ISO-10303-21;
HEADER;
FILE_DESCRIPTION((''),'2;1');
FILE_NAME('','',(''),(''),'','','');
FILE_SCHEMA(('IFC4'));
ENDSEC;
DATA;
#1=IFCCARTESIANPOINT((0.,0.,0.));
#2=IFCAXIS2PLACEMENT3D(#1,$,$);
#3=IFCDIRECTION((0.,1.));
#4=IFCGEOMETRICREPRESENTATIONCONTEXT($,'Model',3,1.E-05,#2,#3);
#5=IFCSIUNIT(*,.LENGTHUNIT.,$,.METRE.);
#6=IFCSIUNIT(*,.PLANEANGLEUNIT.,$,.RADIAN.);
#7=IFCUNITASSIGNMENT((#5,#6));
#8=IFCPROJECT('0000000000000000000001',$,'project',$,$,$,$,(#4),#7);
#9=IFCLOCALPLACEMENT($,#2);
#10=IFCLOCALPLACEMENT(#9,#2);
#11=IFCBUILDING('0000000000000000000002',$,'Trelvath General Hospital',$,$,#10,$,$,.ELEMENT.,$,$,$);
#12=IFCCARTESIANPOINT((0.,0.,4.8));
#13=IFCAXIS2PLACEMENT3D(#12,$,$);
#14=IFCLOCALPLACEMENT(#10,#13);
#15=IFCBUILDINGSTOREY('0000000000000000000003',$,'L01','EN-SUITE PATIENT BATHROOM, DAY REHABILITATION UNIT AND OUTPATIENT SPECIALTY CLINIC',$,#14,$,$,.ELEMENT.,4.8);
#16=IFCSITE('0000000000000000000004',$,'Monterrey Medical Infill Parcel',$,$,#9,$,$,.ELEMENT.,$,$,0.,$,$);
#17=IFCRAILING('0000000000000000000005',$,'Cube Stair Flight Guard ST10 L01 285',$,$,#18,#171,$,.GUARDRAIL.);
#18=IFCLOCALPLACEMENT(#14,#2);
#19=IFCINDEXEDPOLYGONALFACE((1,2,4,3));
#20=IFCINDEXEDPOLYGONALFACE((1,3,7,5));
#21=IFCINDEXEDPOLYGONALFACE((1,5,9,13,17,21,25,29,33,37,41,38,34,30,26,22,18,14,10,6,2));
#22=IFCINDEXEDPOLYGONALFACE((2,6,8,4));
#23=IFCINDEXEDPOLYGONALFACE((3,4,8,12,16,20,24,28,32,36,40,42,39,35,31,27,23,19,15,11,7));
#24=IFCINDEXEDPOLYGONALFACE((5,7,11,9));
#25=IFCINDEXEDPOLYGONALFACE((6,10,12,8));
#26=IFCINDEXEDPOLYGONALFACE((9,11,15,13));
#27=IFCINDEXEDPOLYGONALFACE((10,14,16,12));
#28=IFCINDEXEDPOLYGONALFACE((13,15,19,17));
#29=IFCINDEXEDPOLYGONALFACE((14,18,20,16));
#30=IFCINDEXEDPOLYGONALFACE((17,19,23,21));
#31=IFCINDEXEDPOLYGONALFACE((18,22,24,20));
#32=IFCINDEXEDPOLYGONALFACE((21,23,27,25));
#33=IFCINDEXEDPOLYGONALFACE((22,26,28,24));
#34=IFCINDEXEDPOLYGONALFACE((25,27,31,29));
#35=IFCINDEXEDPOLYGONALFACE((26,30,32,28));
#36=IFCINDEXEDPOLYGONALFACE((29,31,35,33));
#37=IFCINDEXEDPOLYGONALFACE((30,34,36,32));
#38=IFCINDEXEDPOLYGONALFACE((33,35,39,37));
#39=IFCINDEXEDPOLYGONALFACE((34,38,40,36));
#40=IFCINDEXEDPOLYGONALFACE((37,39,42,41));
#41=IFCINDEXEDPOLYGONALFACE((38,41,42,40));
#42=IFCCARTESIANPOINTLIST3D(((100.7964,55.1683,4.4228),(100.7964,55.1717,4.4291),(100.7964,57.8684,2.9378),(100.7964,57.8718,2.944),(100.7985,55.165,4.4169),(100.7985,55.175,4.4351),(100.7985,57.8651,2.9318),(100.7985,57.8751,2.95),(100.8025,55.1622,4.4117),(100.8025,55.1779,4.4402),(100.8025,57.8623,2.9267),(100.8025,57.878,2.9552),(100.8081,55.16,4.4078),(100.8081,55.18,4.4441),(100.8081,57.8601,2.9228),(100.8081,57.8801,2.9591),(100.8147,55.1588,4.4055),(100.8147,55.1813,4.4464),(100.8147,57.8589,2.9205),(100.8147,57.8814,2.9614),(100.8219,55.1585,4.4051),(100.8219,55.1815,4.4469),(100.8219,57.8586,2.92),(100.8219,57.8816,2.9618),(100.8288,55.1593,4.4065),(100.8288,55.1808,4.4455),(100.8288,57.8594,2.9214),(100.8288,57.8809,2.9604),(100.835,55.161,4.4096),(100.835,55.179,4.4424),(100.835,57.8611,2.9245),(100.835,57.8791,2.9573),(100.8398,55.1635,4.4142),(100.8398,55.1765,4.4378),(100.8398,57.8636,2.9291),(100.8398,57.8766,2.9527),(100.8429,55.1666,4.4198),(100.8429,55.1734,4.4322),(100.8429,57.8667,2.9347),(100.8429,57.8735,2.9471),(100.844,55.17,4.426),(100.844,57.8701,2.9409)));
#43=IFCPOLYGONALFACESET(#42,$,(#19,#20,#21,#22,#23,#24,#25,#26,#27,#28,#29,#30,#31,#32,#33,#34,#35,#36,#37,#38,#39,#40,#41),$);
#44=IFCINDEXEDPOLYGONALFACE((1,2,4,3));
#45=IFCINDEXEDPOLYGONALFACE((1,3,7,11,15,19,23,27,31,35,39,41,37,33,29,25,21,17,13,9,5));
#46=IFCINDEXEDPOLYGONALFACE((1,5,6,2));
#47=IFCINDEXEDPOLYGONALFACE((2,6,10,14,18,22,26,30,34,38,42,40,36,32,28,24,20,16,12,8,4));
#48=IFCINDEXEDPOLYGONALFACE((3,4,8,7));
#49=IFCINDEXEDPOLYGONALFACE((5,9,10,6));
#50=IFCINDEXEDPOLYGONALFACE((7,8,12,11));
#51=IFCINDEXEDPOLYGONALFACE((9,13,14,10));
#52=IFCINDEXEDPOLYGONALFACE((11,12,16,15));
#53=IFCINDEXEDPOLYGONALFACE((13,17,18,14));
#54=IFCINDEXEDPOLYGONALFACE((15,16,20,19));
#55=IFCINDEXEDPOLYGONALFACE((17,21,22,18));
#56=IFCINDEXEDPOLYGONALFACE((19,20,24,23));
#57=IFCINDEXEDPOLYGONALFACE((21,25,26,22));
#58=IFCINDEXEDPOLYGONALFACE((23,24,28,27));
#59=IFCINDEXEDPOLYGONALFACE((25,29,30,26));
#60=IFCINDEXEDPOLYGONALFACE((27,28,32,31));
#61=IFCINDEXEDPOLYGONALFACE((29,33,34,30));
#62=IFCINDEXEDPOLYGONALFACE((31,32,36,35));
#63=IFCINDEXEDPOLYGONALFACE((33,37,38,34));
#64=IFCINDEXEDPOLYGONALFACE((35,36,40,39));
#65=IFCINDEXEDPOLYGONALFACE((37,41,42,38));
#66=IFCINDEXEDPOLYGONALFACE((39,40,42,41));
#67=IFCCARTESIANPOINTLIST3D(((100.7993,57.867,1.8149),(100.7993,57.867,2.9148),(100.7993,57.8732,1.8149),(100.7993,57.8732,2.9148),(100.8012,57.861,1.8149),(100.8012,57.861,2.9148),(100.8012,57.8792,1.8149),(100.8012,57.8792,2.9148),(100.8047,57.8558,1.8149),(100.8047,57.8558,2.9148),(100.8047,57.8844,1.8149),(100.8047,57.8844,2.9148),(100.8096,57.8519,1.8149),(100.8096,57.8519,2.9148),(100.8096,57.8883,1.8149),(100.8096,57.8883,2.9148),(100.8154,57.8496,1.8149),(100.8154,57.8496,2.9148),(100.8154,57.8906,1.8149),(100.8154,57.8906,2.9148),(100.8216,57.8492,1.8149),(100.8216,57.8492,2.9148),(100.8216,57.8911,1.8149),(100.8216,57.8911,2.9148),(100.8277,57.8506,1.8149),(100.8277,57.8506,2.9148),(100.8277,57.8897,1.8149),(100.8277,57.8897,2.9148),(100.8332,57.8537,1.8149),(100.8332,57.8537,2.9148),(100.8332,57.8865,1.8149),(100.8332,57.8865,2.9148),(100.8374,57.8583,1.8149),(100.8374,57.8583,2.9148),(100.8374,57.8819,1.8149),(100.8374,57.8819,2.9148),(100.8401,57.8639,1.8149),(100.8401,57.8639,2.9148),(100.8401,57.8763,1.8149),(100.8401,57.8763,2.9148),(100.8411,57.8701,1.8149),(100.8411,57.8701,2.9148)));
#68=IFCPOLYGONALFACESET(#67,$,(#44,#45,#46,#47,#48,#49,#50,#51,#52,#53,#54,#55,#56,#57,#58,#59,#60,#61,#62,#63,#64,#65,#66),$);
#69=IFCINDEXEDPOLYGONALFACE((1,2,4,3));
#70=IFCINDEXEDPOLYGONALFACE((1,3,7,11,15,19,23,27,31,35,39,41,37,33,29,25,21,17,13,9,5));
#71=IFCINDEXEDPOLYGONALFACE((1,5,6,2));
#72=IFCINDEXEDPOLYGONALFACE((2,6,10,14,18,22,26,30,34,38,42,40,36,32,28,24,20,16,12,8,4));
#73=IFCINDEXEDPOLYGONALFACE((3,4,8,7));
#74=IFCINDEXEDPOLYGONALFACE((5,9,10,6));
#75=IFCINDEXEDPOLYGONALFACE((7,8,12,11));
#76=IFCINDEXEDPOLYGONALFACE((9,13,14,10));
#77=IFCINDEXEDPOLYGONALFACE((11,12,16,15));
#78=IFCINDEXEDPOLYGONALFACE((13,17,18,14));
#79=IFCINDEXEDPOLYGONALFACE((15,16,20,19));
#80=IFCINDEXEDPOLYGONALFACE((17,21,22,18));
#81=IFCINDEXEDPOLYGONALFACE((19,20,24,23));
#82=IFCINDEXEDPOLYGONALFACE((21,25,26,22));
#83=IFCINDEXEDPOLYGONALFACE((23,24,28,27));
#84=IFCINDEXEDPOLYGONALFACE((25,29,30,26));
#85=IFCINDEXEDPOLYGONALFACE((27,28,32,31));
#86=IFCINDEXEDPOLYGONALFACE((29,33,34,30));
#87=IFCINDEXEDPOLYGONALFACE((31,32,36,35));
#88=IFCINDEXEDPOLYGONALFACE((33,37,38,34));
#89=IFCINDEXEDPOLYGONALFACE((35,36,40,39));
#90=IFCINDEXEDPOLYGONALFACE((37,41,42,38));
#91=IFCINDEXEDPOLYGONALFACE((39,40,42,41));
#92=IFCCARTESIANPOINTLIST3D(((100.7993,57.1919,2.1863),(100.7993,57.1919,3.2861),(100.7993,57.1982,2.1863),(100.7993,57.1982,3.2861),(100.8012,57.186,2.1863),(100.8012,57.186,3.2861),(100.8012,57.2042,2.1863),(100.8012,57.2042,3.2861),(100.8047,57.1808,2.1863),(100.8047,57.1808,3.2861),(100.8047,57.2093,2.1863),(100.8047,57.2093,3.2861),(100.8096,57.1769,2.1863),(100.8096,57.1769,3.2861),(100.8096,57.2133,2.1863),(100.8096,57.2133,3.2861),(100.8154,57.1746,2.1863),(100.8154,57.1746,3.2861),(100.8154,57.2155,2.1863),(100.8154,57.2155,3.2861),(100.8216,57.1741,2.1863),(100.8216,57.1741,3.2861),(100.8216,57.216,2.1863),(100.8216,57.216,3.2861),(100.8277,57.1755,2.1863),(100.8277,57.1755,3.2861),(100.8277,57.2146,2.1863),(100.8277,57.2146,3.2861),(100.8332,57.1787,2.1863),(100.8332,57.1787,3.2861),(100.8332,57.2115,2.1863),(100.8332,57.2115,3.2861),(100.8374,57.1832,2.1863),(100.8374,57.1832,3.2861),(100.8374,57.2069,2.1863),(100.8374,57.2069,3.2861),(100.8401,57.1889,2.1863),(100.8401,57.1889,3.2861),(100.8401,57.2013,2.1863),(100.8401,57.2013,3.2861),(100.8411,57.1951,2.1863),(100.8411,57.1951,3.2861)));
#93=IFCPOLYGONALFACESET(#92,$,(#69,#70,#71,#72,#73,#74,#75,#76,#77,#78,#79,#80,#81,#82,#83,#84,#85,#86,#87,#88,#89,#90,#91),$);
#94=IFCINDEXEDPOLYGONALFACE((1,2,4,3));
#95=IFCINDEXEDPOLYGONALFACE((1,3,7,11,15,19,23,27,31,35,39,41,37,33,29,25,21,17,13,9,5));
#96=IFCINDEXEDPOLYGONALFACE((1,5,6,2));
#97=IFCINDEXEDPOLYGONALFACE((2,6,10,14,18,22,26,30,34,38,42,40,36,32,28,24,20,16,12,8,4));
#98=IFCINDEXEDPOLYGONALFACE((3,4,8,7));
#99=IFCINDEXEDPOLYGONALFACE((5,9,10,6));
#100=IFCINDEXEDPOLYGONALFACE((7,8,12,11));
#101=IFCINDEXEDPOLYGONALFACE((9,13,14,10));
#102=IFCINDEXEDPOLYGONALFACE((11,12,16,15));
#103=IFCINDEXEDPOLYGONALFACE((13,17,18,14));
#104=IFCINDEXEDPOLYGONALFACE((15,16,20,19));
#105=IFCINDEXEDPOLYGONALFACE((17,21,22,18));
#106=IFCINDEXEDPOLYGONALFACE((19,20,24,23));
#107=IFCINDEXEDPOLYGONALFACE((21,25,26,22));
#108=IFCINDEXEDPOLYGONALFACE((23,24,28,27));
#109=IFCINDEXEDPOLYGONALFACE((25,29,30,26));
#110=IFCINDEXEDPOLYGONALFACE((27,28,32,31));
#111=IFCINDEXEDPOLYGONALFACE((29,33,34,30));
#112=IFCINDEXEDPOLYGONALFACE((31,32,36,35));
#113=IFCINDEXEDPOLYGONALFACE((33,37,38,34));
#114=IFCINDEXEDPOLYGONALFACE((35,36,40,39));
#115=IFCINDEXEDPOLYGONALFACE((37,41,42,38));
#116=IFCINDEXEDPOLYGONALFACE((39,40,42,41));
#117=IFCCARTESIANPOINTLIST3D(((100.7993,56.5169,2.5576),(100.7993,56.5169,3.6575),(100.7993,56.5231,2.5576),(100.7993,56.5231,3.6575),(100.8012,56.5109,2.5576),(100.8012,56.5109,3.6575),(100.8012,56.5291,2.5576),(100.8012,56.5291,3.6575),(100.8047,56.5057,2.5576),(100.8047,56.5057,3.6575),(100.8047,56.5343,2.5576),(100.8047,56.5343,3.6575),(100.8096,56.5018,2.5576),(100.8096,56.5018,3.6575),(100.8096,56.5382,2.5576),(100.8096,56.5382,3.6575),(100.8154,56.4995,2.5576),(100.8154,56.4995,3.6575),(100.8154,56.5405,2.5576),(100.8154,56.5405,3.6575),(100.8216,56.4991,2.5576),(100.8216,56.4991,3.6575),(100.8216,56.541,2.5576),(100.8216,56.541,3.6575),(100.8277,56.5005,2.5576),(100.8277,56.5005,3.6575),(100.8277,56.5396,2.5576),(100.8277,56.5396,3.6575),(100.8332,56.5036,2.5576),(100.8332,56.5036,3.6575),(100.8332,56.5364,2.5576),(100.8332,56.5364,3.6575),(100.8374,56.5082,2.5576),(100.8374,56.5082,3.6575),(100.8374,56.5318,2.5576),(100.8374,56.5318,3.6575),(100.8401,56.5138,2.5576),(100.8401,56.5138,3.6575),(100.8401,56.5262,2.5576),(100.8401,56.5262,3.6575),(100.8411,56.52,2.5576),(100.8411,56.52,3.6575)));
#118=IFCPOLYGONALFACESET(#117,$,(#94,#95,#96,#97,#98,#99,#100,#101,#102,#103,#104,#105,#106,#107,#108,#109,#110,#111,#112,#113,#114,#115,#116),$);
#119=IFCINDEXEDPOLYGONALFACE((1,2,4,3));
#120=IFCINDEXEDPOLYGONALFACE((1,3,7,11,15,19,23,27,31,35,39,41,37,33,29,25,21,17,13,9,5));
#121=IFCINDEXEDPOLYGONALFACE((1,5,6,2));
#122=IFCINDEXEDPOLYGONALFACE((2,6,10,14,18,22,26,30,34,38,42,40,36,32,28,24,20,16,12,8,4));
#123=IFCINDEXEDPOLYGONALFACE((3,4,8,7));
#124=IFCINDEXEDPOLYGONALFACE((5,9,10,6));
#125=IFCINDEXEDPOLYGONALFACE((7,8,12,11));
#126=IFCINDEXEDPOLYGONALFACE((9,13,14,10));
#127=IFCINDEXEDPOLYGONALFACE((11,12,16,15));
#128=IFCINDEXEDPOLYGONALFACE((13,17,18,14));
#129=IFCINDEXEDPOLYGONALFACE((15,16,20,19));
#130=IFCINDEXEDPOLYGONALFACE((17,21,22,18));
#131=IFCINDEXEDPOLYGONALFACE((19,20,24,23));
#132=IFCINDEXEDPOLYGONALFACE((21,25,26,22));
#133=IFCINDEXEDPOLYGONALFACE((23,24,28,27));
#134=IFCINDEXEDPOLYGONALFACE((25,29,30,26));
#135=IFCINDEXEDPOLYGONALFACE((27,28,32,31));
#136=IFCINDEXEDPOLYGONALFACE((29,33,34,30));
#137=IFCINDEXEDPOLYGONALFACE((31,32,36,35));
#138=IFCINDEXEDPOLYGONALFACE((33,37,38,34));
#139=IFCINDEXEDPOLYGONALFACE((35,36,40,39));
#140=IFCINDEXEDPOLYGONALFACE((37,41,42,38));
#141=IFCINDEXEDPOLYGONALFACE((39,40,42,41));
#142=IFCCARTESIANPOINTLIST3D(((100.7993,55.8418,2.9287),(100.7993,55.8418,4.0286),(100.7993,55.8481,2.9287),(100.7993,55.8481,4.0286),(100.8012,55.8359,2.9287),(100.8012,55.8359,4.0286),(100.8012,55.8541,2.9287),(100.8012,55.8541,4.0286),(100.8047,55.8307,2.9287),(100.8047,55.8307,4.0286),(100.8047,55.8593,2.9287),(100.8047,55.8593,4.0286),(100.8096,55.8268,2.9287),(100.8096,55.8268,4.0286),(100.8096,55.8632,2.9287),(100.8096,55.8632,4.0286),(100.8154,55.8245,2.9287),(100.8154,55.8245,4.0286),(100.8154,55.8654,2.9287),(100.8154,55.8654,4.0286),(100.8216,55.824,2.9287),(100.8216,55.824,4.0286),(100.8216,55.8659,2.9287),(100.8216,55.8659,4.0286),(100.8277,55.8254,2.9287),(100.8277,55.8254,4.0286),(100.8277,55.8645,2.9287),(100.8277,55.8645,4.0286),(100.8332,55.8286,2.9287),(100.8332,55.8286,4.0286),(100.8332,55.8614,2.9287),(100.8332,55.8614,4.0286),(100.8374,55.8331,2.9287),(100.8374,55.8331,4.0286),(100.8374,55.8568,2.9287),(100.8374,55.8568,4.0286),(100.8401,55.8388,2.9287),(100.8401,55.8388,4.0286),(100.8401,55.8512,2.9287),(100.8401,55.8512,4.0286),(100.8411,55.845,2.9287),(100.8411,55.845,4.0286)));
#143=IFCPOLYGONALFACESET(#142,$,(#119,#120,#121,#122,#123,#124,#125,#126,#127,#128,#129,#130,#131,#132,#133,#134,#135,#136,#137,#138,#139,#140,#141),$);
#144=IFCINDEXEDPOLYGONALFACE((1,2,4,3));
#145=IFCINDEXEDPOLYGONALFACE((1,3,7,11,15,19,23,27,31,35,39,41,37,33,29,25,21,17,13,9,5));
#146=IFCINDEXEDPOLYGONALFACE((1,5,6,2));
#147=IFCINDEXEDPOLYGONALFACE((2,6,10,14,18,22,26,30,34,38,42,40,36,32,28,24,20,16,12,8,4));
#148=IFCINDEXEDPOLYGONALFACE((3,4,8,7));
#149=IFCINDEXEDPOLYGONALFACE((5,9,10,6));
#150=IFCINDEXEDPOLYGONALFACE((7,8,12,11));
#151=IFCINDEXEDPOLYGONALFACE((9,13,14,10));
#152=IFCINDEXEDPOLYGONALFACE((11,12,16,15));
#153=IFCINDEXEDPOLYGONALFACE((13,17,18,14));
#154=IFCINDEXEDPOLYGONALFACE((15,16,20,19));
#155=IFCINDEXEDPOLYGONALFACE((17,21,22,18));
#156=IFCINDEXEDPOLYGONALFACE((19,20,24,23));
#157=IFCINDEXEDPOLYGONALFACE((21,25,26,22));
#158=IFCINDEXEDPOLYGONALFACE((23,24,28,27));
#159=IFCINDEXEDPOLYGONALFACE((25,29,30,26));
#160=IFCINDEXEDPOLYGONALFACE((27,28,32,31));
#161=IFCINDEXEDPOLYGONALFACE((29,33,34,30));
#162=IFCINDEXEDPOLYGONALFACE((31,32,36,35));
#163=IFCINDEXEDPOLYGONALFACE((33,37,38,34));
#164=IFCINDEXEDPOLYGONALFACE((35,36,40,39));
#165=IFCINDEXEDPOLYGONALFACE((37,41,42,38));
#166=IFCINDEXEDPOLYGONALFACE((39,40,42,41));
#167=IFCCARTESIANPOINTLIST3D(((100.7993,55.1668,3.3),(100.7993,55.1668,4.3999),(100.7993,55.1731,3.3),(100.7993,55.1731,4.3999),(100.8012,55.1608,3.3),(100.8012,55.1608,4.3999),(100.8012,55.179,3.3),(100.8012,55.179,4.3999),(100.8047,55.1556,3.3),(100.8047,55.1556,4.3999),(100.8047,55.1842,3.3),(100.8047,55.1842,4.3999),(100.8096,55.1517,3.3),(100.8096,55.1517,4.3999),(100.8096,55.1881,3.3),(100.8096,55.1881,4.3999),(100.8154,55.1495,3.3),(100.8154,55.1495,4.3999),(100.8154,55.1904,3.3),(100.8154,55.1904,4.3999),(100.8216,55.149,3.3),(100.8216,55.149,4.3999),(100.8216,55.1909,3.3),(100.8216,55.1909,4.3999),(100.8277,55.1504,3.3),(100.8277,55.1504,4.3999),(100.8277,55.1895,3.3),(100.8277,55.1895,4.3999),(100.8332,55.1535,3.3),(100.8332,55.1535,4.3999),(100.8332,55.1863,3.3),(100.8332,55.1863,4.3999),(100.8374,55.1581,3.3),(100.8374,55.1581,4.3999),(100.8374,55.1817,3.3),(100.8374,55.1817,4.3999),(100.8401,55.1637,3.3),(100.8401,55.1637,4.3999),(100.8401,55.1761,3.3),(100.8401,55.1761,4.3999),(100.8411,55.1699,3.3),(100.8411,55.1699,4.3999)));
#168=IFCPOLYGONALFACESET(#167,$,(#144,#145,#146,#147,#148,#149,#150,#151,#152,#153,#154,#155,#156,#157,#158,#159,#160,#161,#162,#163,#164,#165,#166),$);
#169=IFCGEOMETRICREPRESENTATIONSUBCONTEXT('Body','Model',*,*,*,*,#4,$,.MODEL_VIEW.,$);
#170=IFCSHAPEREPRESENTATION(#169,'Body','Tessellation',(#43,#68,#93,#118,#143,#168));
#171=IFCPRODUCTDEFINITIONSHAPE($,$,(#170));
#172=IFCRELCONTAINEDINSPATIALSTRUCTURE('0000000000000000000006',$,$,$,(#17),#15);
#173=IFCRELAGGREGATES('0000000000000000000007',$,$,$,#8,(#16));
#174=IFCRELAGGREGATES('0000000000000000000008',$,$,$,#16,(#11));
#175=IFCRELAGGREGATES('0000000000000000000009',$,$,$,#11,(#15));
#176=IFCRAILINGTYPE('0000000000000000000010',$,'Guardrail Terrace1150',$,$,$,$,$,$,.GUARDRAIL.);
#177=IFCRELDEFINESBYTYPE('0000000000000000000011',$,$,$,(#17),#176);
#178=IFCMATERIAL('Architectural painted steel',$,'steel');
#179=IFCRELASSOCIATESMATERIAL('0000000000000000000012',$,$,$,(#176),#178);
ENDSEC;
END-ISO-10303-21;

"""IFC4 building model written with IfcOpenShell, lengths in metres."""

from ifc_helpers import new_model, si_unit, direction, frame, origin, origin_2d, place, context, subcontext, project, spatial, circle, extrude, material, type_object, element, save


model = new_model("IFC4")

# Units and contexts
model_context = context("Model", 3, precision=1e-05, world=origin(), true_north=direction((0.0, 1.0)))
body_context = subcontext(model_context, "Body", "Model", "MODEL_VIEW")
ifc_project = project(units=[si_unit("LENGTHUNIT", "METRE"), si_unit("PLANEANGLEUNIT", "RADIAN")], contexts=[model_context])

# Site, building, storey
site_placement = place(None, origin())
site = spatial("IfcSite", under=ifc_project, at=site_placement, Name="Monterrey Medical Infill Parcel", CompositionType="ELEMENT", RefElevation=0.0)
building_placement = place(site_placement, origin())
building = spatial("IfcBuilding", under=site, at=building_placement, Name="Trelvath General Hospital", CompositionType="ELEMENT")
storey_placement = place(building_placement, frame((0.0, 0.0, 4.8)))
storey = spatial("IfcBuildingStorey", under=building, at=storey_placement, Name="L01", Description="EN-SUITE PATIENT BATHROOM, DAY REHABILITATION UNIT AND OUTPATIENT SPECIALTY CLINIC", CompositionType="ELEMENT", Elevation=4.8)

# Railing
ifc_material_1 = material(Name="Architectural painted steel", Category="steel")
railing_type = type_object("IfcRailingType", Name="Guardrail Terrace1150", PredefinedType="GUARDRAIL", material=ifc_material_1)
for number, where, name in (
    (1, (100.8201, 57.8701, 1.8149), "Cube Stair Flight Guard ST10 L01 285"),
):
    element("IfcRailing", number, at=place(storey_placement, frame(where)), inside=storey, type_object=railing_type, Name=name, PredefinedType="GUARDRAIL", context=body_context, shape_type="SweptSolid", body=[
        extrude(circle(Radius=0.0239, at=origin_2d()), frame((0.0, 0.0, 1.126), z_axis=(0.0, -0.876216, 0.481919), x_axis=(1.0, 0.0, 0.0)), (0.0, 0.0, 1.0), 3.0815),
        extrude(circle(Radius=0.021, at=origin_2d()), origin(), (0.0, 0.0, 1.0), 1.0999),
        extrude(circle(Radius=0.021, at=origin_2d()), frame((0.0, -0.675, 0.3713)), (0.0, 0.0, 1.0), 1.0999),
        extrude(circle(Radius=0.021, at=origin_2d()), frame((0.0, -1.3501, 0.7427)), (0.0, 0.0, 1.0), 1.0999),
        extrude(circle(Radius=0.021, at=origin_2d()), frame((0.0, -2.0251, 1.1138)), (0.0, 0.0, 1.0), 1.0999),
        extrude(circle(Radius=0.021, at=origin_2d()), frame((0.0, -2.7002, 1.4851)), (0.0, 0.0, 1.0), 1.0999),
    ])

save(model, "model.ifc")
